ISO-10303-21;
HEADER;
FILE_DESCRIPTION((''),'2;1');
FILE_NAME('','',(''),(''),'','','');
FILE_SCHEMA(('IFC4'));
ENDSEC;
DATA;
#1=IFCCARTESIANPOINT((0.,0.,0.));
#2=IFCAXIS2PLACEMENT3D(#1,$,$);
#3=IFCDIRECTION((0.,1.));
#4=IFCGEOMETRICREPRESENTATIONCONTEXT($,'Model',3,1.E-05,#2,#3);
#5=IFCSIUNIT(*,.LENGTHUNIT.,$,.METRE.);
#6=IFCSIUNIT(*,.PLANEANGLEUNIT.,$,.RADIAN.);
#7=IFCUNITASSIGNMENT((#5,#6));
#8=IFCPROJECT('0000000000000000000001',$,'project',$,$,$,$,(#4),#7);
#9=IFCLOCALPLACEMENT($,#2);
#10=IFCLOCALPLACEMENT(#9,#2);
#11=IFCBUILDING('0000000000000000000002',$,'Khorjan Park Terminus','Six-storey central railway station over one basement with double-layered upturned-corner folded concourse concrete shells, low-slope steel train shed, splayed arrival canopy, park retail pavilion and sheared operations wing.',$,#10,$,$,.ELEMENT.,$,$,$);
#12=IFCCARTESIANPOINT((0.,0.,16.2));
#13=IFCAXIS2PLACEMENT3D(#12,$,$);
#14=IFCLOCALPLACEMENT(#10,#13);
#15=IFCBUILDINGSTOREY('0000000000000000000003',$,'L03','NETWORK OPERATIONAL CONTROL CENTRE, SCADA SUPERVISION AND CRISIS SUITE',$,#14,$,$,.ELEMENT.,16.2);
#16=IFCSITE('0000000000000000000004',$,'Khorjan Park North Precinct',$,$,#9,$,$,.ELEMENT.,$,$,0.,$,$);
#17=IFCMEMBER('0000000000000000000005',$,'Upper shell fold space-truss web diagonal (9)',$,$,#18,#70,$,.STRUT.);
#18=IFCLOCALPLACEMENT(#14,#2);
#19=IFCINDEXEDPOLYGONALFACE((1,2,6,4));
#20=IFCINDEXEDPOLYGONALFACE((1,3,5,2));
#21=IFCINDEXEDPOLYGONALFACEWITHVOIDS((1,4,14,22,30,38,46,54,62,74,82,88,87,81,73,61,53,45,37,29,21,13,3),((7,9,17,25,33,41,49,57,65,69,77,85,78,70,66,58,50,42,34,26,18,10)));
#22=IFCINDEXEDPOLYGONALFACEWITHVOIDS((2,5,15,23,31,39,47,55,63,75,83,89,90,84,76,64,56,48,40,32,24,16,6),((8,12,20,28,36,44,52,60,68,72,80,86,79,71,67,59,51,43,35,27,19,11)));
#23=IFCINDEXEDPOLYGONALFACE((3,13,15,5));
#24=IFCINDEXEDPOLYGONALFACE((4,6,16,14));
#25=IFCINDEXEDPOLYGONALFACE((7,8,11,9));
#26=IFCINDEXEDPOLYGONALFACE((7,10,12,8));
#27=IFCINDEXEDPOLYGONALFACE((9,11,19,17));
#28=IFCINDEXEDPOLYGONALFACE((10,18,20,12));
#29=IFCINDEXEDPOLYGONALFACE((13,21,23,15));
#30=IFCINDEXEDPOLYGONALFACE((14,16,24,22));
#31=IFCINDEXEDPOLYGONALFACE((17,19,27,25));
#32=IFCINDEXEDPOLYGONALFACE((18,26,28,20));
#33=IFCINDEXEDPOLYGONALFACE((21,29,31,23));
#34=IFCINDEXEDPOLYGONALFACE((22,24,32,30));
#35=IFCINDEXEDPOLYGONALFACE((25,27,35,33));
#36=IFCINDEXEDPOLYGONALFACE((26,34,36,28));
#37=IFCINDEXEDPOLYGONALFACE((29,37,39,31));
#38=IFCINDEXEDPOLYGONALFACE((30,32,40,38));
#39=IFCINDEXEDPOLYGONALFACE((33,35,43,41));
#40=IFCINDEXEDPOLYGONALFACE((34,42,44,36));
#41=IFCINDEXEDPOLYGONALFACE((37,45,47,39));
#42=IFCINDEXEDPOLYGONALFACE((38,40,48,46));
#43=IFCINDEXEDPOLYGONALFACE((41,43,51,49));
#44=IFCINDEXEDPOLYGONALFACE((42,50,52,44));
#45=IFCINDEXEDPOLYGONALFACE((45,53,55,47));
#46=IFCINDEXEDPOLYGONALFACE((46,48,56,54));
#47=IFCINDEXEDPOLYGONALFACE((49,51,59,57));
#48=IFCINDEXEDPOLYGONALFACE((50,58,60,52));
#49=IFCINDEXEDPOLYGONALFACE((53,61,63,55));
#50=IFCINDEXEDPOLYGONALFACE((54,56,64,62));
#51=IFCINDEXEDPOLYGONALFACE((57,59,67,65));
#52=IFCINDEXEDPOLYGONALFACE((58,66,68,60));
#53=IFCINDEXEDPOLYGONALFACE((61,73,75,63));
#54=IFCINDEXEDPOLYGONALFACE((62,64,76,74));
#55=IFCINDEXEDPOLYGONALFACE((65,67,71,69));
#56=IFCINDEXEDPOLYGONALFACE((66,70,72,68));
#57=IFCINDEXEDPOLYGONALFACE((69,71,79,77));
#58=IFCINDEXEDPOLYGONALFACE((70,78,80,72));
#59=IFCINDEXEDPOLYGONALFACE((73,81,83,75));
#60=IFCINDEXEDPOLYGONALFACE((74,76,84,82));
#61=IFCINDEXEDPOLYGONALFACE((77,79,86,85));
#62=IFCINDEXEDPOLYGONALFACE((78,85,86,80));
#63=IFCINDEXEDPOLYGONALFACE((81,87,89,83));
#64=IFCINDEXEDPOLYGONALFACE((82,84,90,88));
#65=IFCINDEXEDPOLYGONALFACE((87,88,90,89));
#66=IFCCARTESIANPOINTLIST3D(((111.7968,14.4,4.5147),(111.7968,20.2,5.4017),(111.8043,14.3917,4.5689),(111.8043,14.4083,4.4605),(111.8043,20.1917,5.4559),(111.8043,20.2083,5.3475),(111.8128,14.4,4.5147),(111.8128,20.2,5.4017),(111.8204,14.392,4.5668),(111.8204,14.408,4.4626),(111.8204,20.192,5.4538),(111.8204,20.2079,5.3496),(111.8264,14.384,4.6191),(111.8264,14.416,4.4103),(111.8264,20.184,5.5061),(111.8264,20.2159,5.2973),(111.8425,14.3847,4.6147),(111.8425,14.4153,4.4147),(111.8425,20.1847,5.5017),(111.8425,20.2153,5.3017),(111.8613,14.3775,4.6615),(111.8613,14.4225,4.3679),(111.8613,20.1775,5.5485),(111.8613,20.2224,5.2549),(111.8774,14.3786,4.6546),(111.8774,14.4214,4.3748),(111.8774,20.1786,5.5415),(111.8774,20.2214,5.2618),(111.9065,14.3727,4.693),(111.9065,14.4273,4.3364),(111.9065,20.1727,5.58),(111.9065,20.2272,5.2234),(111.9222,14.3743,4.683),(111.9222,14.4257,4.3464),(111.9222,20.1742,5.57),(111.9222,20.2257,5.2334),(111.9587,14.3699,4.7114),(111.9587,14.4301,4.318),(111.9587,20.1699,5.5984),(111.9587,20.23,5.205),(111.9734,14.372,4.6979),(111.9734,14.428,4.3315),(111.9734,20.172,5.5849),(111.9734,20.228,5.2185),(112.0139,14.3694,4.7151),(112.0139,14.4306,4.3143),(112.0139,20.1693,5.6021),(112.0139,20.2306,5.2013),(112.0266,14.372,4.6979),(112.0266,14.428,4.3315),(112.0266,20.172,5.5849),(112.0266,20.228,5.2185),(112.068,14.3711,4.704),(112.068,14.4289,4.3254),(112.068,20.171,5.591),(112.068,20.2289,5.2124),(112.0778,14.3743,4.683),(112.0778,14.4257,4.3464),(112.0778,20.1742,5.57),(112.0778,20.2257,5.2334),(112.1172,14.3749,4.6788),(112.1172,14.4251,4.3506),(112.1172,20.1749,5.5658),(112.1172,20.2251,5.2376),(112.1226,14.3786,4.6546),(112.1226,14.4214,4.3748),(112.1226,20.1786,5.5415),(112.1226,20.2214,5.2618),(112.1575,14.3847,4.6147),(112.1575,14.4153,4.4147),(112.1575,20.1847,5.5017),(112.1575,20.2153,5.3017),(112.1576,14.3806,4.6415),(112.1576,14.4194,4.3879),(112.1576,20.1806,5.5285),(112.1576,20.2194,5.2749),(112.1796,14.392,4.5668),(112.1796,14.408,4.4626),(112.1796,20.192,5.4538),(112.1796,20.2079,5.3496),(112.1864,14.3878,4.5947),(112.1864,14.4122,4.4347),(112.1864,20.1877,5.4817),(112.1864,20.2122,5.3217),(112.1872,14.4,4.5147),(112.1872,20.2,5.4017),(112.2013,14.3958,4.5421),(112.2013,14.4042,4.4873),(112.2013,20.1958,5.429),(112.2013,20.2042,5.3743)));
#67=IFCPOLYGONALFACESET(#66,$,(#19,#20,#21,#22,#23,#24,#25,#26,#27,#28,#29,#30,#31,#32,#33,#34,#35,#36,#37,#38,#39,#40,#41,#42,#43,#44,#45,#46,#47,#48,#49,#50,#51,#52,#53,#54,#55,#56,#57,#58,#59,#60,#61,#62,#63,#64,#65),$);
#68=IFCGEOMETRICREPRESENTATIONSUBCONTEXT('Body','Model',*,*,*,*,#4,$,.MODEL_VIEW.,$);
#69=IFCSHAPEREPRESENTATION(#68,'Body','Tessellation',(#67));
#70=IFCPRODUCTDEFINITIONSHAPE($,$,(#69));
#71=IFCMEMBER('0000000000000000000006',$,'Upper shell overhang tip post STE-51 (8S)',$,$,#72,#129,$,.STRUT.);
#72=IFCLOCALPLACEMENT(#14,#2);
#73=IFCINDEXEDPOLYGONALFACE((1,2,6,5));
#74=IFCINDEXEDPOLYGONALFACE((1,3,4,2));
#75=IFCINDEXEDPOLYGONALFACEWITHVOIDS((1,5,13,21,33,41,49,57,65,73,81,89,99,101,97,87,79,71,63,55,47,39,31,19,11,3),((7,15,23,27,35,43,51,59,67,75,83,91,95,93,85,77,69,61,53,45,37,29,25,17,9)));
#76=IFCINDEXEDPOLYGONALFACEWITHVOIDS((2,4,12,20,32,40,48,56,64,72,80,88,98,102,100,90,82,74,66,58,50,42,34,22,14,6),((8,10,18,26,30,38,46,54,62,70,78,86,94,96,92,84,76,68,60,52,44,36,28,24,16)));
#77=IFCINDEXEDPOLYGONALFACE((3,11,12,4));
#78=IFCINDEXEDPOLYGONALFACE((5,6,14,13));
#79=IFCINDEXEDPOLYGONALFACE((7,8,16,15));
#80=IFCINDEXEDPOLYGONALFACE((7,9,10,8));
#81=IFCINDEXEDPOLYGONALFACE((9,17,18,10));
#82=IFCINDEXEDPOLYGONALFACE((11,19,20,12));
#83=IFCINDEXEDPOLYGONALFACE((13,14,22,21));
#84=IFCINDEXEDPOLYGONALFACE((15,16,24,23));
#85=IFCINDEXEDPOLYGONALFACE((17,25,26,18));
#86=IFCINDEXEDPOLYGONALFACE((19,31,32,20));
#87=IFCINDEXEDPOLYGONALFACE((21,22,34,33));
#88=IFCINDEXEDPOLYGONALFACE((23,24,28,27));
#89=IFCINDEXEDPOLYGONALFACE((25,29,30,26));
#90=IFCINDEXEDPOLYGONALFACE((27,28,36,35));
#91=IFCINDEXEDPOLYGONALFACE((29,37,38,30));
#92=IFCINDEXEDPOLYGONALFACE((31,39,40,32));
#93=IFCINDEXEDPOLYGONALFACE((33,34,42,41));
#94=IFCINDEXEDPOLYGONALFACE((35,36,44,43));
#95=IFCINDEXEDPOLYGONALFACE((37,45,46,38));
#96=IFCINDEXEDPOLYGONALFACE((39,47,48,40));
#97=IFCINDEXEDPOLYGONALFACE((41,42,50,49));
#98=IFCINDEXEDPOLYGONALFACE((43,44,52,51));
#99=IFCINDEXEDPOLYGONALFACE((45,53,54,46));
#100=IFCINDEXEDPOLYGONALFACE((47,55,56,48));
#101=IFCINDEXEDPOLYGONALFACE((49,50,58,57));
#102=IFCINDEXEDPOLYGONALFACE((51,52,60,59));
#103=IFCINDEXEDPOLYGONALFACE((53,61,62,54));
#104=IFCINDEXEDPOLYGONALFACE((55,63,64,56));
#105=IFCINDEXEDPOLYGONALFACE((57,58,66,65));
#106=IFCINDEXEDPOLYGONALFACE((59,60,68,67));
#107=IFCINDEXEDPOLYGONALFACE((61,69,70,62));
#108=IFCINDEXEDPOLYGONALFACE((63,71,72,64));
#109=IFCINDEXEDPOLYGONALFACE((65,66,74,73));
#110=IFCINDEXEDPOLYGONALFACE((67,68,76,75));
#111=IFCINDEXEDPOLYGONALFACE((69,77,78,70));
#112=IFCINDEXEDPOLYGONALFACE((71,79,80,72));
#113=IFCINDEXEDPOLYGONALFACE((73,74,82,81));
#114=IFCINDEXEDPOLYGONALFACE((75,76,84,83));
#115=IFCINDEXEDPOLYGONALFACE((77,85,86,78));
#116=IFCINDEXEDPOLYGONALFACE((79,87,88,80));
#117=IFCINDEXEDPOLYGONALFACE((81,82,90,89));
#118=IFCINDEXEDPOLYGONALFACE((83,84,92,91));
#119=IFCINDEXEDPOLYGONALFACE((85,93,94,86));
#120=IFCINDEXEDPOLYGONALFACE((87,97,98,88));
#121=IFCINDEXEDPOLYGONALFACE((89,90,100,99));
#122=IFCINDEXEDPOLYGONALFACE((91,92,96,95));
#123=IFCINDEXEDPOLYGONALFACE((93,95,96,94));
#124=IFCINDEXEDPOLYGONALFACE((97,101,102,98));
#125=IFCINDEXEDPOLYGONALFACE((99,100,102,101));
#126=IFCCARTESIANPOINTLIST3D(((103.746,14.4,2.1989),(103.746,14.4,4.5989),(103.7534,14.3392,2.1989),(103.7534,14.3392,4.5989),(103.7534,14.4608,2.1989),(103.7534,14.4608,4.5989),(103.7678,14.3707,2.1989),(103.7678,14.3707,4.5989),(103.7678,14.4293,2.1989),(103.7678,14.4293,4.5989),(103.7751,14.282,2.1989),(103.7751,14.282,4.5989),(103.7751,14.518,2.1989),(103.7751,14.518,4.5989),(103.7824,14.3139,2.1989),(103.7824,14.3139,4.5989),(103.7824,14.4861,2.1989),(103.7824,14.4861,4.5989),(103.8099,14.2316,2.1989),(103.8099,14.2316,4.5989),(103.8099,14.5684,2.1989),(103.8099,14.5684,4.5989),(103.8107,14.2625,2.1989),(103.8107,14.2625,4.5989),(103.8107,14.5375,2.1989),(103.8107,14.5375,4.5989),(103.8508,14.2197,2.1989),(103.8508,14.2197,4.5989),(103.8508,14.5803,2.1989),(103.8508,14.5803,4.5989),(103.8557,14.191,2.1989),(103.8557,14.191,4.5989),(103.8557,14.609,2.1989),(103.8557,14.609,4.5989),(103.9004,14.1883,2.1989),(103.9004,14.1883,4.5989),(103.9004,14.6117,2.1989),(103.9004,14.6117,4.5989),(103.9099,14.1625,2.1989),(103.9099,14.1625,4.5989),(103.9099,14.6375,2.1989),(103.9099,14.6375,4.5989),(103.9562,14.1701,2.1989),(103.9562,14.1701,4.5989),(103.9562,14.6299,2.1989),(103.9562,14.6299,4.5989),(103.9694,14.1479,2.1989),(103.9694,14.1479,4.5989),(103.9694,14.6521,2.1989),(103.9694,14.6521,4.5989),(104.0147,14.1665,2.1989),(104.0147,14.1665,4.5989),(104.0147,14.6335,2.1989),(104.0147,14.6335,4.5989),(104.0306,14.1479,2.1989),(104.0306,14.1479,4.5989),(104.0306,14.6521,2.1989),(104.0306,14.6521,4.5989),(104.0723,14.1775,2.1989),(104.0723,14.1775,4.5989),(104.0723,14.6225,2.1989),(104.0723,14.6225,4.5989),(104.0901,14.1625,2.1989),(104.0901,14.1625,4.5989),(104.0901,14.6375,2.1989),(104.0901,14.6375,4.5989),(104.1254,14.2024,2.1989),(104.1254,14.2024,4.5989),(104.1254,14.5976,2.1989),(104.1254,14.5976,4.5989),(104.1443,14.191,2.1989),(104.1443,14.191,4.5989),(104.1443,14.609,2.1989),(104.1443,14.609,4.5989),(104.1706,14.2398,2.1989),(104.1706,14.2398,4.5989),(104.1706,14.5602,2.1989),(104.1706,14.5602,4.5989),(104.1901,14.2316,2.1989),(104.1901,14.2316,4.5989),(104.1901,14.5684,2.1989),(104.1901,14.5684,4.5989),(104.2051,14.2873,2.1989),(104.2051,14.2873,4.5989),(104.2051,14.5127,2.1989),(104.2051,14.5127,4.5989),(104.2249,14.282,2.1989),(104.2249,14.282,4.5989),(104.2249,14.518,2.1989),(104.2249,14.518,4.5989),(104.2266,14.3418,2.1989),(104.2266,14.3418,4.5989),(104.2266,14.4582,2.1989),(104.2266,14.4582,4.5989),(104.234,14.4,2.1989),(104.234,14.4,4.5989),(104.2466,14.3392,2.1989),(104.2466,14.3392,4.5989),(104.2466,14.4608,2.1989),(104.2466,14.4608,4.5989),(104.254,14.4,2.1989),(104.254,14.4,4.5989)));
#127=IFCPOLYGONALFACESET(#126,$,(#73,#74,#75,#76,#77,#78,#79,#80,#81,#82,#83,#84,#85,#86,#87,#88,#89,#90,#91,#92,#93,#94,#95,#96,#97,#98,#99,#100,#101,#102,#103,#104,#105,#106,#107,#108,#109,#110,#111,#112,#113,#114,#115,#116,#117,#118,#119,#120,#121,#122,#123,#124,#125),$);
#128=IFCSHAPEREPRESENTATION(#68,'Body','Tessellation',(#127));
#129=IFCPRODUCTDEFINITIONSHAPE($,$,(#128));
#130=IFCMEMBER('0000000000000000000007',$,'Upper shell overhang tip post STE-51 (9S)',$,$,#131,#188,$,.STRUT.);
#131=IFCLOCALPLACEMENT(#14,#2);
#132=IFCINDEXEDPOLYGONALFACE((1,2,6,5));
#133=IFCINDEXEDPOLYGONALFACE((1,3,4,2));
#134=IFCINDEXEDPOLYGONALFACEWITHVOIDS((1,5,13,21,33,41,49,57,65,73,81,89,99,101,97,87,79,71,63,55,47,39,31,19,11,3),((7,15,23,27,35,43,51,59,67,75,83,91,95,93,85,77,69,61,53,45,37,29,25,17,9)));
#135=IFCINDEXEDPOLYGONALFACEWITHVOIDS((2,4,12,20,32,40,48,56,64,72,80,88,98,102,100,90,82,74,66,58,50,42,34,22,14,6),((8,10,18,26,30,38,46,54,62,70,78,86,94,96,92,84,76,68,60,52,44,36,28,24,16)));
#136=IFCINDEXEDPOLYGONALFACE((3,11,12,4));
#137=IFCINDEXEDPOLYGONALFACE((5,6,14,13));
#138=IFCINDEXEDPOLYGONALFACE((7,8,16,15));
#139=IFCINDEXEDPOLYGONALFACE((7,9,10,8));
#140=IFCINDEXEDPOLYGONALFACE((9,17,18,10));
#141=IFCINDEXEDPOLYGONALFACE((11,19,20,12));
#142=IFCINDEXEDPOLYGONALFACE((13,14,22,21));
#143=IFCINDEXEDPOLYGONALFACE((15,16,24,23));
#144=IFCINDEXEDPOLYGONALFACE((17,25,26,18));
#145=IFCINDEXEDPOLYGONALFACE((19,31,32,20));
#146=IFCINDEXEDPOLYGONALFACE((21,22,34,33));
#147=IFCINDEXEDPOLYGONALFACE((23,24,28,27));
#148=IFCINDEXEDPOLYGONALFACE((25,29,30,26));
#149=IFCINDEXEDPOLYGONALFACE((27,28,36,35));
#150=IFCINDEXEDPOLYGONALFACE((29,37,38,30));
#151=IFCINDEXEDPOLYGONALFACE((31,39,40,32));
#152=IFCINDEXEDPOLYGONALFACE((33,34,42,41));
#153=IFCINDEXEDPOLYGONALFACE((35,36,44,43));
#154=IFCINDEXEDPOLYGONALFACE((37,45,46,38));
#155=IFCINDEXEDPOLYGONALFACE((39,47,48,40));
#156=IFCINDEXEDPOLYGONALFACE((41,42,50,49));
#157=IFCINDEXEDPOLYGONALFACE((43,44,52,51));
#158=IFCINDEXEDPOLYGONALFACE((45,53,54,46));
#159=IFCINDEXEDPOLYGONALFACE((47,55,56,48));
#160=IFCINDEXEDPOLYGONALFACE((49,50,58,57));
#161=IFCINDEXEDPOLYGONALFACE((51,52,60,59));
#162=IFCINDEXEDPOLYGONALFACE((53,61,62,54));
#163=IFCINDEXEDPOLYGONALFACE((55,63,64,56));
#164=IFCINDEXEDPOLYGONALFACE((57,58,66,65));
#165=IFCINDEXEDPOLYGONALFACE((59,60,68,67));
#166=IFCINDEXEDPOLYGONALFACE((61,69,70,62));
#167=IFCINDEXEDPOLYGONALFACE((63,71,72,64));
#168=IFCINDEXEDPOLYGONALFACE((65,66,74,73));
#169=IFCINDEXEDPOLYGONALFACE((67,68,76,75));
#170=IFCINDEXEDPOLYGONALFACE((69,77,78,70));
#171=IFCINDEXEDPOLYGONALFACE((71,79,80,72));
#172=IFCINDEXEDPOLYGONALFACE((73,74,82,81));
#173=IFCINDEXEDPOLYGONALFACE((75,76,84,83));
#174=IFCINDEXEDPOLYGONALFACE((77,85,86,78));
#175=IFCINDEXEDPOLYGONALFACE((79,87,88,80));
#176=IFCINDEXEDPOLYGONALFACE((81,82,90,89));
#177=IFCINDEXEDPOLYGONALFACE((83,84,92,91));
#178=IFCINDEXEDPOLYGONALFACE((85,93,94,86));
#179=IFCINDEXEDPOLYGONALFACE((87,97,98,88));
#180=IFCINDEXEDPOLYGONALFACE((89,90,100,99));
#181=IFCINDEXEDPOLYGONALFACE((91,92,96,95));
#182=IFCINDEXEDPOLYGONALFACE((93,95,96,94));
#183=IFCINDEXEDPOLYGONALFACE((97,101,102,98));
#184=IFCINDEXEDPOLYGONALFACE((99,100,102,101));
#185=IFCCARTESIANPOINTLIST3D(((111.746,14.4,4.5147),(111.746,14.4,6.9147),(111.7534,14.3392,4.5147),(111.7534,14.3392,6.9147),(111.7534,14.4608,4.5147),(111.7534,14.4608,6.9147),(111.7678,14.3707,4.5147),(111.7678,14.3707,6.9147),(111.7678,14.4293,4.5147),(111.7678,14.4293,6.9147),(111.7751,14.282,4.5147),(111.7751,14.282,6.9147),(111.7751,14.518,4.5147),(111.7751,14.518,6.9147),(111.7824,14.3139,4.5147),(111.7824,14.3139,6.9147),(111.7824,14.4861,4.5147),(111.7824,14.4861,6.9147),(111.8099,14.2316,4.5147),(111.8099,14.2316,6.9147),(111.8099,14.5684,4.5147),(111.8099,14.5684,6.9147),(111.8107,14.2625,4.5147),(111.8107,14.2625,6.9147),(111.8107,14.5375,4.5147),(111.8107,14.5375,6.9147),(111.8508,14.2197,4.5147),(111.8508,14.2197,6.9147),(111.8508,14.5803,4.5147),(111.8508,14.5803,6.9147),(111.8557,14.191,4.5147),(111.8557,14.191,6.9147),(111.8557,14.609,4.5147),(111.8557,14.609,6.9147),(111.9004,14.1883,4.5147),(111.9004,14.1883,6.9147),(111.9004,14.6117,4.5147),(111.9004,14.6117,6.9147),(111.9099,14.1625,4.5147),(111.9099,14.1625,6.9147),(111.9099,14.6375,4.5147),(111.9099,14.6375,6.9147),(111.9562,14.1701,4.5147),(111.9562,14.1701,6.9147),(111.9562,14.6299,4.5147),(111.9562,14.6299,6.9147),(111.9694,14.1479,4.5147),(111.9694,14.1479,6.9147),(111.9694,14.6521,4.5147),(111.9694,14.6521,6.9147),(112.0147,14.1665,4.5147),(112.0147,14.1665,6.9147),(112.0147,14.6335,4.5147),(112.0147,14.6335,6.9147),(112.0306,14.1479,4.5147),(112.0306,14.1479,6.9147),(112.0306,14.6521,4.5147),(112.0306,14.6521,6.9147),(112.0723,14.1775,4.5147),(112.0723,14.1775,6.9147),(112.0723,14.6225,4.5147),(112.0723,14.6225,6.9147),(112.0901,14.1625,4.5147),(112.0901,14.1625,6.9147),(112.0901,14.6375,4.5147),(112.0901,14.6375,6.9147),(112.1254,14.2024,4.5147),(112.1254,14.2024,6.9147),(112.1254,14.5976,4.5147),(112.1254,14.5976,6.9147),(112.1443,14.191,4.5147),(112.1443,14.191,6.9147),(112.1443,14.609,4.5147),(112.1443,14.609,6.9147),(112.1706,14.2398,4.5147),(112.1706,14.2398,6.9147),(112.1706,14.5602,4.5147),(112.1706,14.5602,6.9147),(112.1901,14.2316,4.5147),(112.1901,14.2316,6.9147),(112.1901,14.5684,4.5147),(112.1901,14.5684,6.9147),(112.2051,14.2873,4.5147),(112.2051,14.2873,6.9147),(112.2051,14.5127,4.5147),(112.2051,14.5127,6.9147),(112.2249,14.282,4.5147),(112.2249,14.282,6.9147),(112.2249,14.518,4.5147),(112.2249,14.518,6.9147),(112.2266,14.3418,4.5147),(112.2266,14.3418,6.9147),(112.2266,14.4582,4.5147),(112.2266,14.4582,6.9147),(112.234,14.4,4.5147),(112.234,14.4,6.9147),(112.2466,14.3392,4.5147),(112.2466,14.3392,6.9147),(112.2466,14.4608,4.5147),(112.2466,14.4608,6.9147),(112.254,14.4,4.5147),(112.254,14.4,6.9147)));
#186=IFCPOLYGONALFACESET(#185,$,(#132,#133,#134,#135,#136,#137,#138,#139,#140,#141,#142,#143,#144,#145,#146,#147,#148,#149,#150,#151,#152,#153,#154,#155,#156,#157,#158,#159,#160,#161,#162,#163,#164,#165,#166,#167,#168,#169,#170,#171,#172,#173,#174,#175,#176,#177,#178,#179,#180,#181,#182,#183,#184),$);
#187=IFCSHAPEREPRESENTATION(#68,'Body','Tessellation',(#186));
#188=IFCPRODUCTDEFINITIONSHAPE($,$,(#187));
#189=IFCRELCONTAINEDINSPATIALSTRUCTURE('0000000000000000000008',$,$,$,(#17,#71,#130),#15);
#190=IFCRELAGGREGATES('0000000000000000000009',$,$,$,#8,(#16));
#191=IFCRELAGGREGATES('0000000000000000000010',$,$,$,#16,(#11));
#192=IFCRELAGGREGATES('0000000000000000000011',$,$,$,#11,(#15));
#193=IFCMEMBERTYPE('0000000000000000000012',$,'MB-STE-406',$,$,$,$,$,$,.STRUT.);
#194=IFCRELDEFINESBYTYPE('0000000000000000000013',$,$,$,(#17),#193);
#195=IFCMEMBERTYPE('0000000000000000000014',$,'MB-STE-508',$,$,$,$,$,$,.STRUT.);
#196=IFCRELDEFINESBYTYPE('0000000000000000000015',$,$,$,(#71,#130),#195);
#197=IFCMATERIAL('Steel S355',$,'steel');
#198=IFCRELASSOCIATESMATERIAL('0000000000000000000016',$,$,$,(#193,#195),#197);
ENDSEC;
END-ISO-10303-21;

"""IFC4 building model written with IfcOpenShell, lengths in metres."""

from ifc_helpers import new_model, si_unit, direction, frame, origin, origin_2d, place, context, subcontext, project, spatial, hollow_circle, extrude, material, material_profile, profile_set, type_object, element, save


model = new_model("IFC4")

# Units and contexts
model_context = context("Model", 3, precision=1e-05, world=origin(), true_north=direction((0.0, 1.0)))
body_context = subcontext(model_context, "Body", "Model", "MODEL_VIEW")
ifc_project = project(units=[si_unit("LENGTHUNIT", "METRE"), si_unit("PLANEANGLEUNIT", "RADIAN")], contexts=[model_context])

# Site, building, storey
site_placement = place(None, origin())
site = spatial("IfcSite", under=ifc_project, at=site_placement, Name="Khorjan Park North Precinct", CompositionType="ELEMENT", RefElevation=0.0)
building_placement = place(site_placement, origin())
building = spatial("IfcBuilding", under=site, at=building_placement, Name="Khorjan Park Terminus", Description="Six-storey central railway station over one basement with double-layered upturned-corner folded concourse concrete shells, low-slope steel train shed, splayed arrival canopy, park retail pavilion and sheared operations wing.", CompositionType="ELEMENT")
storey_placement = place(building_placement, frame((0.0, 0.0, 16.2)))
storey = spatial("IfcBuildingStorey", under=building, at=storey_placement, Name="L03", Description="NETWORK OPERATIONAL CONTROL CENTRE, SCADA SUPERVISION AND CRISIS SUITE", CompositionType="ELEMENT", Elevation=16.2)

# Members
ifc_material = material(Name="Steel S355", Category="steel")
ifc_material_profile_1 = material_profile(ifc_material, hollow_circle(Radius=0.2032, WallThickness=0.016, at=origin_2d()), Name="CHS 406.4x16")
ifc_profile_set_1 = profile_set([ifc_material_profile_1], Name="Steel S355")
member_type_1 = type_object("IfcMemberType", Name="MB-STE-406", PredefinedType="STRUT", material=ifc_profile_set_1)
member_1_placement = place(storey_placement, frame((112.0, 14.4, 4.5147), z_axis=(0.0, 0.988507, 0.151173), x_axis=(-1.0, 0.0, 0.0)))
element("IfcMember", 1, at=member_1_placement, inside=storey, type_object=member_type_1, Name="Upper shell fold space-truss web diagonal (9)", PredefinedType="STRUT", context=body_context, shape_type="SweptSolid", body=[
    extrude(hollow_circle(Radius=0.2032, WallThickness=0.016, at=origin_2d()), origin(), (0.0, 0.0, 1.0), 5.8674),
])
ifc_material_profile_2 = material_profile(ifc_material, hollow_circle(Radius=0.254, WallThickness=0.02, at=origin_2d()), Name="CHS 508x20")
ifc_profile_set_2 = profile_set([ifc_material_profile_2], Name="Steel S355")
member_type_2 = type_object("IfcMemberType", Name="MB-STE-508", PredefinedType="STRUT", material=ifc_profile_set_2)
for number, where, z_axis, x_axis, name in (
    (2, (104.0, 14.4, 2.1989), (0.0, 0.0, 1.0), (1.0, 0.0, 0.0), "Upper shell overhang tip post STE-51 (8S)"),
    (3, (112.0, 14.4, 4.5147), (0.0, 0.0, 1.0), (1.0, 0.0, 0.0), "Upper shell overhang tip post STE-51 (9S)"),
):
    element("IfcMember", number, at=place(storey_placement, frame(where, z_axis=z_axis, x_axis=x_axis)), inside=storey, type_object=member_type_2, Name=name, PredefinedType="STRUT", context=body_context, shape_type="SweptSolid", body=[
        extrude(hollow_circle(Radius=0.254, WallThickness=0.02, at=origin_2d()), origin(), (0.0, 0.0, 1.0), 2.4),
    ])

save(model, "model.ifc")
